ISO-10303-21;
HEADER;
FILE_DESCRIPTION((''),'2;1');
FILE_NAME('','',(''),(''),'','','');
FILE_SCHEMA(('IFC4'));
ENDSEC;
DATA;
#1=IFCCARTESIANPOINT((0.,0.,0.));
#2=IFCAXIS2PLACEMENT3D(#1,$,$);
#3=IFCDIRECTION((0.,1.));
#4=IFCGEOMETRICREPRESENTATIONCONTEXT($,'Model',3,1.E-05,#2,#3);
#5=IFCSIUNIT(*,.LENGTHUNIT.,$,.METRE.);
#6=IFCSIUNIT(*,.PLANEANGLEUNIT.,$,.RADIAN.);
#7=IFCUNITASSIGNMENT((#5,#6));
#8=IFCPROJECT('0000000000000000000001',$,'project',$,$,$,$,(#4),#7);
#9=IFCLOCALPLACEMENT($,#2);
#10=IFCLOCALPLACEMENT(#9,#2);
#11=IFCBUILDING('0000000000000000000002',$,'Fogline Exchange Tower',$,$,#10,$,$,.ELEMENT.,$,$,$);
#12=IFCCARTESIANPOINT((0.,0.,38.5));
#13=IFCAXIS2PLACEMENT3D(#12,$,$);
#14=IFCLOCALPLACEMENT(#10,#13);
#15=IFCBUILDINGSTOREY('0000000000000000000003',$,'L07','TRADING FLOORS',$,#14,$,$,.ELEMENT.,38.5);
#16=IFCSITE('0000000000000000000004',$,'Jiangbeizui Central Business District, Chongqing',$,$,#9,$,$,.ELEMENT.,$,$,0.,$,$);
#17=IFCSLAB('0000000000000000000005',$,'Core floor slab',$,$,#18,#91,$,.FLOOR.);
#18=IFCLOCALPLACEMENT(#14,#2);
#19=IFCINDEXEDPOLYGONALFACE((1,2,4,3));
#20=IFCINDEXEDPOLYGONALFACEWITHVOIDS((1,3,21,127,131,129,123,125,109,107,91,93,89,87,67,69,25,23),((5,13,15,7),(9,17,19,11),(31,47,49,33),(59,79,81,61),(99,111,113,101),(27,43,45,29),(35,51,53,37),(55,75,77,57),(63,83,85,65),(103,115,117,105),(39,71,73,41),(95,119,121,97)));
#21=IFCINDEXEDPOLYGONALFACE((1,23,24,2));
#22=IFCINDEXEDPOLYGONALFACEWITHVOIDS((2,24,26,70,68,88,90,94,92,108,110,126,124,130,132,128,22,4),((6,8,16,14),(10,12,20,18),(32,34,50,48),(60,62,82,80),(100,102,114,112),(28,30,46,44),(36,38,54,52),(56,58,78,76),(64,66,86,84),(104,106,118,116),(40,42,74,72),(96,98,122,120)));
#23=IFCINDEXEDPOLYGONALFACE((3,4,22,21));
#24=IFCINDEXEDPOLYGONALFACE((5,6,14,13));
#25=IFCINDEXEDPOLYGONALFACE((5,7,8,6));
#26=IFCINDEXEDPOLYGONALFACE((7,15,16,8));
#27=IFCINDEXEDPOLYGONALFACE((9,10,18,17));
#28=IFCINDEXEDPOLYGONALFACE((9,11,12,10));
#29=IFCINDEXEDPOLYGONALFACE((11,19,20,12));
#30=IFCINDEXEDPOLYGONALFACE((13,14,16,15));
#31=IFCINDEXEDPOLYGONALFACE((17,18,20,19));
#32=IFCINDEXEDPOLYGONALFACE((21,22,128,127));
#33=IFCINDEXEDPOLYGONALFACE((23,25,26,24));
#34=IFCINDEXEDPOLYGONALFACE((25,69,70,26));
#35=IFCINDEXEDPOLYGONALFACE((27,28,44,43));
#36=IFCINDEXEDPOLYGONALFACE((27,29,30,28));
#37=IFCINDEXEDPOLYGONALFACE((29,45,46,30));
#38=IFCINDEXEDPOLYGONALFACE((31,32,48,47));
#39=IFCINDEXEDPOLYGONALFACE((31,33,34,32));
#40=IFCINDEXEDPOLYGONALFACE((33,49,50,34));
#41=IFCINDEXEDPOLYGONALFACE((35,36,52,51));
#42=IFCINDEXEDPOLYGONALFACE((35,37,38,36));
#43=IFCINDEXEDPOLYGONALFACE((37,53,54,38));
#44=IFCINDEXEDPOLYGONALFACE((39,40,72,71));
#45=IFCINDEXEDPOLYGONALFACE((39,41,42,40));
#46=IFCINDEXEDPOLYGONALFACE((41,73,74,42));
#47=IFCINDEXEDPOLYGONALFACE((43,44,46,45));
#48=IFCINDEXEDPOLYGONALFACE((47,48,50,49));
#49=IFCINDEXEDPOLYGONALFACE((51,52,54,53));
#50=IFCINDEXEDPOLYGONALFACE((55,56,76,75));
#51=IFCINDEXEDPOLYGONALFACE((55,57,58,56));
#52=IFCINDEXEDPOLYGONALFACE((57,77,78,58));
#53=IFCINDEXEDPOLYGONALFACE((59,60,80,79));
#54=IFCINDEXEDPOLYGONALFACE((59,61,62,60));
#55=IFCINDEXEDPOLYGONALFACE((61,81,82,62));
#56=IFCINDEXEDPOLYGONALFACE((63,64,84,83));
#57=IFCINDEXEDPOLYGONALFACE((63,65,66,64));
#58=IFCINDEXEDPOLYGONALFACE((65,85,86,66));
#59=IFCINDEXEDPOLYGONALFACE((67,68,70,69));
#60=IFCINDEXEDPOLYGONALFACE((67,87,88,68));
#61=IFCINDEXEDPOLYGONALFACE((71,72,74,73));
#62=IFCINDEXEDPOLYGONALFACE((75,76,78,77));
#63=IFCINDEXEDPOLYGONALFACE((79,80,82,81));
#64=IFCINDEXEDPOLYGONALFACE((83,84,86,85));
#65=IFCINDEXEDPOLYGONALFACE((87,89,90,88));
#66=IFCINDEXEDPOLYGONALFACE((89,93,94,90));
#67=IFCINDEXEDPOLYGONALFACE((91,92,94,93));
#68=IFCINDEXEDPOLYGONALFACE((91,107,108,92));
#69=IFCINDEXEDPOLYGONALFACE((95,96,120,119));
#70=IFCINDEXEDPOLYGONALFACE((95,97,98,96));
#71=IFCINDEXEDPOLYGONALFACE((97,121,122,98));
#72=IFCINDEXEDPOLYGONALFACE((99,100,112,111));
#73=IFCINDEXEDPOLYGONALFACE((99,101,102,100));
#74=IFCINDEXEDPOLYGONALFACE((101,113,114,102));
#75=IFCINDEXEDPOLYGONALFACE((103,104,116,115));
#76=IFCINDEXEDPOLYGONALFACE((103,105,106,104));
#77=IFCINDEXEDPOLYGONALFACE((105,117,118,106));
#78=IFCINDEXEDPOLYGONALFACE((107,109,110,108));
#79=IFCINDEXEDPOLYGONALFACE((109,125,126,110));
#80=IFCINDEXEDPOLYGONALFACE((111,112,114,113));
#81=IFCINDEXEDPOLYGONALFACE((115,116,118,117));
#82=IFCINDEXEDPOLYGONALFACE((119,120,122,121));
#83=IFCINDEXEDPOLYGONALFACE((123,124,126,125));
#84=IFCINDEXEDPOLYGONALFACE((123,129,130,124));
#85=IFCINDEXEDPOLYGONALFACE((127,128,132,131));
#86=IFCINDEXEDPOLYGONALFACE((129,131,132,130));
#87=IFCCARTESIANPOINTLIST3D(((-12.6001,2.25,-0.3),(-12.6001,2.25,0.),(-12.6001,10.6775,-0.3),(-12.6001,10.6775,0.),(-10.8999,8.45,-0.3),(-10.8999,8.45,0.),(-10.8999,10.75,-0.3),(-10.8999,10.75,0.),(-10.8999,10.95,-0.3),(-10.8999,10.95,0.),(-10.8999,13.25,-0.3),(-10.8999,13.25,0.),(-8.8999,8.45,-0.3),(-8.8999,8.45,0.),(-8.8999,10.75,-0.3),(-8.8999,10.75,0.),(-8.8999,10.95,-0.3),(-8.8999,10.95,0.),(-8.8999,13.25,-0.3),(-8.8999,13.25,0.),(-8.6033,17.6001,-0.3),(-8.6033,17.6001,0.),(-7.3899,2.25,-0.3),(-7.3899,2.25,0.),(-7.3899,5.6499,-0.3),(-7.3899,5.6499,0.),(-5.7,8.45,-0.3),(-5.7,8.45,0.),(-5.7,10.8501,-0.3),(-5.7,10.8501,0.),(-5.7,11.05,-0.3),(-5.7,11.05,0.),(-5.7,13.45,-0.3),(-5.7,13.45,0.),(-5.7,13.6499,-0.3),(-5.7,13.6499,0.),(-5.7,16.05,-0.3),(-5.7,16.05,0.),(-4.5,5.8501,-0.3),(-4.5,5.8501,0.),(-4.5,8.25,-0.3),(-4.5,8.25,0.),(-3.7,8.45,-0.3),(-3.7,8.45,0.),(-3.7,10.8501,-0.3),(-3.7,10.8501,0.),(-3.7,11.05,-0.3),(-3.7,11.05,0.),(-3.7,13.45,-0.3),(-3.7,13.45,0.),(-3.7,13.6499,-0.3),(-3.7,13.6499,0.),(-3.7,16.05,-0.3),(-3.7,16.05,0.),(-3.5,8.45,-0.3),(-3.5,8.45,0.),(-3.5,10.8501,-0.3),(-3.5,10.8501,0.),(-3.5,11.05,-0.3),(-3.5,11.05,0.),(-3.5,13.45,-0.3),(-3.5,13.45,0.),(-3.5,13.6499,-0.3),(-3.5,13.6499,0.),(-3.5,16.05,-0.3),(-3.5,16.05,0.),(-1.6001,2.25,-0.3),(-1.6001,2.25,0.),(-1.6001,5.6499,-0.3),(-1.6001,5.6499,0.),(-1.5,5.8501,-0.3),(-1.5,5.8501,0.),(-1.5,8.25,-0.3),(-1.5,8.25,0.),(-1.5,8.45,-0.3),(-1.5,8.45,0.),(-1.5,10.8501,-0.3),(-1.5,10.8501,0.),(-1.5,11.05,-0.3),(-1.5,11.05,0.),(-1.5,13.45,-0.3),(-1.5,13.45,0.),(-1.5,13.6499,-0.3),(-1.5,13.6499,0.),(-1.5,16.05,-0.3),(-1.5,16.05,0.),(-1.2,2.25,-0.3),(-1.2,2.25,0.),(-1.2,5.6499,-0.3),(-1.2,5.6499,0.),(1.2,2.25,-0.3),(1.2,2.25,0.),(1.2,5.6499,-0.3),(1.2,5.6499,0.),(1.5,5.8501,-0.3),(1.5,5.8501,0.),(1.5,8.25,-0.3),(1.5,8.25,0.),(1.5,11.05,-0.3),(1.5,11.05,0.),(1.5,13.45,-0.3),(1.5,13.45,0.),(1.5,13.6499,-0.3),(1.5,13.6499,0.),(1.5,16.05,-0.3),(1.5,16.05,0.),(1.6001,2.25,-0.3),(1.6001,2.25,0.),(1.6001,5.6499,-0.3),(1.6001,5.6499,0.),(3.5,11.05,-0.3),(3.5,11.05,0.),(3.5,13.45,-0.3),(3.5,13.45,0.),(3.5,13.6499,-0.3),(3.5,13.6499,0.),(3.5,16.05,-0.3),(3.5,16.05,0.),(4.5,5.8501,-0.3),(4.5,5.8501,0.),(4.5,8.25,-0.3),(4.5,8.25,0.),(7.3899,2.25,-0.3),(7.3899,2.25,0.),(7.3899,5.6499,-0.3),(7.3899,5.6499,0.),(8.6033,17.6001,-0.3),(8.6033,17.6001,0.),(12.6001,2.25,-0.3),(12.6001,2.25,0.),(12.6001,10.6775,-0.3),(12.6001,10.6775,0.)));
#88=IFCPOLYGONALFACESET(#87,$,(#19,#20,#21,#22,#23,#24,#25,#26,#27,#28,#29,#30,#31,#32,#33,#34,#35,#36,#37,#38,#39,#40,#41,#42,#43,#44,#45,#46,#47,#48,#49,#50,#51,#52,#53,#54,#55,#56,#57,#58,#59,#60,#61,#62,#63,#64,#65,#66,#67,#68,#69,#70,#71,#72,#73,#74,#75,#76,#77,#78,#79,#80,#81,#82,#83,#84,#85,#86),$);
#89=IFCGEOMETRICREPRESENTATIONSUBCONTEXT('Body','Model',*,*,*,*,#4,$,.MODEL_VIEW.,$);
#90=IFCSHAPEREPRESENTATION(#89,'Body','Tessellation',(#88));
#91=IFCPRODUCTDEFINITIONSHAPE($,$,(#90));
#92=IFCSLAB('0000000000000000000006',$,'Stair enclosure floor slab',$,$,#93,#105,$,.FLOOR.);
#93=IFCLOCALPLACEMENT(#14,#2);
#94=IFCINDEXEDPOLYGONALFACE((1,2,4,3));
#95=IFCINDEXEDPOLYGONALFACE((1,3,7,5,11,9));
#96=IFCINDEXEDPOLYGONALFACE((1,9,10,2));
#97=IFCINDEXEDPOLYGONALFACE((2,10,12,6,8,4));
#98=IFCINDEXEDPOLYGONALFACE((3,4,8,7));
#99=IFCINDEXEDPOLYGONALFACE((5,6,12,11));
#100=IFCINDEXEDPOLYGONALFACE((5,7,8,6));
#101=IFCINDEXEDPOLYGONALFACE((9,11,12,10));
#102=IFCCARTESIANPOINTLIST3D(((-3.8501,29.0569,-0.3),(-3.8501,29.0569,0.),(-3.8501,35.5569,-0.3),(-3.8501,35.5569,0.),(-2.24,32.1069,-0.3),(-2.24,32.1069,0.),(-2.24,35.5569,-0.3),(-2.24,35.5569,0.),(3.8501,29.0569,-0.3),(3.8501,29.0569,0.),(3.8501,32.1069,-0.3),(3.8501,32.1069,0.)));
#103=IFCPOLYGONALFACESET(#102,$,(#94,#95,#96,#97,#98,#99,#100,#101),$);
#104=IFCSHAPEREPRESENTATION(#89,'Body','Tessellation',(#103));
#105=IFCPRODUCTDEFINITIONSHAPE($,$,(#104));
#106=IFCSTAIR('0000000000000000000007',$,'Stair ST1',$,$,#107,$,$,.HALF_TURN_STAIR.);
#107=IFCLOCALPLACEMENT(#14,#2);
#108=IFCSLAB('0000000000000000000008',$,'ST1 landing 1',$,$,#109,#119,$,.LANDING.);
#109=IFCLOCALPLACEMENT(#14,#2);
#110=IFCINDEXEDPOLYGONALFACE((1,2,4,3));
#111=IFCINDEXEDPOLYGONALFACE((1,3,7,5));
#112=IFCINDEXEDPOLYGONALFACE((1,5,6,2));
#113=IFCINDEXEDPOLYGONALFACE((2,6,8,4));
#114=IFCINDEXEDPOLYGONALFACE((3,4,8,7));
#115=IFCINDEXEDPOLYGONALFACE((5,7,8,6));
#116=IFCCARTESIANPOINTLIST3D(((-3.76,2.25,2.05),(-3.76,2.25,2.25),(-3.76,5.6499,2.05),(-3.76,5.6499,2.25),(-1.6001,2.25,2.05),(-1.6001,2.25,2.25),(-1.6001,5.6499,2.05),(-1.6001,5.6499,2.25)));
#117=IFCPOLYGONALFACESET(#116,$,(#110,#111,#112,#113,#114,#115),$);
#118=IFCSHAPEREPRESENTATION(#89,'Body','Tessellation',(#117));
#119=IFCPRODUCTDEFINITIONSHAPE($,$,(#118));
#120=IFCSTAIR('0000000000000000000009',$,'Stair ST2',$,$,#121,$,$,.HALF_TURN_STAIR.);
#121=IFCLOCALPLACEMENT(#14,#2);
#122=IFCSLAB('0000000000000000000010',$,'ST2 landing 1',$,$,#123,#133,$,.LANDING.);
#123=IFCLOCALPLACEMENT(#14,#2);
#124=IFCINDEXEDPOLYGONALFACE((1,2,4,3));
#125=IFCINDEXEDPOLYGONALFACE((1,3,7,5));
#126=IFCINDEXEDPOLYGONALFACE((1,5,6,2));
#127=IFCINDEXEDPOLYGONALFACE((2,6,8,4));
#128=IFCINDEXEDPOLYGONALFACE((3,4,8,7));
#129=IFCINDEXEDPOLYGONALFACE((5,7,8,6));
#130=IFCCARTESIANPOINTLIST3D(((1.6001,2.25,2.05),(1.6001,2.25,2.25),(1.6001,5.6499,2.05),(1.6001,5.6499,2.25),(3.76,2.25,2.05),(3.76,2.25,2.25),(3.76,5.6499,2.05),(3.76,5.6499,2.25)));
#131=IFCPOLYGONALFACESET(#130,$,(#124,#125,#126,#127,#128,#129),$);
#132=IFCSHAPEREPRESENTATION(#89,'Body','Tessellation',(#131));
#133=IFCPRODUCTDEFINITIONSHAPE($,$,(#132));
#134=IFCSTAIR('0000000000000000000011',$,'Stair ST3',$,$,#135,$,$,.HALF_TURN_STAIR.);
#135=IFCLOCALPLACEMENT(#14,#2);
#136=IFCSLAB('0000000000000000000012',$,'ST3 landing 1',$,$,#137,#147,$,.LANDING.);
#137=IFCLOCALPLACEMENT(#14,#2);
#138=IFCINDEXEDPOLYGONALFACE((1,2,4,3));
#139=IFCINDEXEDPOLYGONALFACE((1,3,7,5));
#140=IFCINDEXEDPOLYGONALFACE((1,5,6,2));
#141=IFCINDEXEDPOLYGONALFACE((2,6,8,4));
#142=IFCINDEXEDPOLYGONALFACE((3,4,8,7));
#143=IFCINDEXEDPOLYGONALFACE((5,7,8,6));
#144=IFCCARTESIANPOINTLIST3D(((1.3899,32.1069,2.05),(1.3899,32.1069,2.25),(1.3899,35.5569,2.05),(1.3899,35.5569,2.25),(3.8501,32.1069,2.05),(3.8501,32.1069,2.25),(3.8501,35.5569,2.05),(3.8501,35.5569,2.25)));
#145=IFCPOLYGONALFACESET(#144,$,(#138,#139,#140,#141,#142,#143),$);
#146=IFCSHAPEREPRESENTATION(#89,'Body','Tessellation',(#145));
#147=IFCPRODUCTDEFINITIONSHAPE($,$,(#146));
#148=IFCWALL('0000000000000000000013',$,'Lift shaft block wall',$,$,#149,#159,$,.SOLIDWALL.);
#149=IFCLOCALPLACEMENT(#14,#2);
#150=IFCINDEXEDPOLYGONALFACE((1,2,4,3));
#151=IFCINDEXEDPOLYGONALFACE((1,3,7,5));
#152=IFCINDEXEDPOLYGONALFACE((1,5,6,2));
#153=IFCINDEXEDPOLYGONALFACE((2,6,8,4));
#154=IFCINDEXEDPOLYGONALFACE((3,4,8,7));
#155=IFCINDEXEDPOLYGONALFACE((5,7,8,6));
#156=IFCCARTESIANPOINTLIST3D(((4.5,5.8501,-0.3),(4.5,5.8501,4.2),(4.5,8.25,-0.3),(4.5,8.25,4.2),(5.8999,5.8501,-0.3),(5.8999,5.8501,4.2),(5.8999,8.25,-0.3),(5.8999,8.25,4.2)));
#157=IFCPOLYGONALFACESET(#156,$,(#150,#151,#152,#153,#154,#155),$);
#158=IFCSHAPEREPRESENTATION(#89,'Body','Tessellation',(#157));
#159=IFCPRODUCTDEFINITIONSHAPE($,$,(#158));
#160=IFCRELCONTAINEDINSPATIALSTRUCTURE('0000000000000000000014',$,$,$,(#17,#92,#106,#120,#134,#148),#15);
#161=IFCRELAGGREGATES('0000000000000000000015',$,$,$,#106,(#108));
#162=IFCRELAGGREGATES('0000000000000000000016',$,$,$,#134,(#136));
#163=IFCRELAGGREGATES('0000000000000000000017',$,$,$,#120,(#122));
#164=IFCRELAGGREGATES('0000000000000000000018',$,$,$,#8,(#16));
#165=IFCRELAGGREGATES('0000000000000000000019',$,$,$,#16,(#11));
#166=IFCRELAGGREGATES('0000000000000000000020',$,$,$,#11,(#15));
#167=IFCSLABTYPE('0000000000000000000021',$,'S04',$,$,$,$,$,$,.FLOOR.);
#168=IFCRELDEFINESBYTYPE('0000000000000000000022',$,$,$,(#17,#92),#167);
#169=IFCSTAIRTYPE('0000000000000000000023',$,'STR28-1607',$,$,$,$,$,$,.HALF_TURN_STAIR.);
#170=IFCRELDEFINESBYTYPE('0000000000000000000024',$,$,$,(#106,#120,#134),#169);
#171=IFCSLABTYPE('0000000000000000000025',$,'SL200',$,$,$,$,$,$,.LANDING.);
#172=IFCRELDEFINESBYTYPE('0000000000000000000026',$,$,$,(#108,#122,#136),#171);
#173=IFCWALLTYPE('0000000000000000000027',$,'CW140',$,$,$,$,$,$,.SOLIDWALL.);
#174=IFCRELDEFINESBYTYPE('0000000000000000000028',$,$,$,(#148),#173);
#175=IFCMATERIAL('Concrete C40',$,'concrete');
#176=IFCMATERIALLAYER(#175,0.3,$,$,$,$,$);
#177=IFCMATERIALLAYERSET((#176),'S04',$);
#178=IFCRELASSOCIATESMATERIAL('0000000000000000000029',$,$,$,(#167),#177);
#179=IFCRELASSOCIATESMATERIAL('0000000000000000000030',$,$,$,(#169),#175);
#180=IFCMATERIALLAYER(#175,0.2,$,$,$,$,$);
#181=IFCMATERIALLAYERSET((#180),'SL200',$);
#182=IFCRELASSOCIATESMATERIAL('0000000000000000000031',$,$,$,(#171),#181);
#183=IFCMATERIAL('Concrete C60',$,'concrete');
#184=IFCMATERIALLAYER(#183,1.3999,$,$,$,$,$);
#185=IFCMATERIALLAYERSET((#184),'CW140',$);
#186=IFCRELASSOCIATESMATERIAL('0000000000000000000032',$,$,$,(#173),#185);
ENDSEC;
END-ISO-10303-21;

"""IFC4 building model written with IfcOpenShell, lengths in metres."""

from ifc_helpers import new_model, si_unit, direction, frame, frame_2d, origin, place, context, subcontext, project, spatial, polyline, rectangle, outline, extrude, material, layer, layer_set, type_object, element, aggregate, save


model = new_model("IFC4")

# Units and contexts
model_context = context("Model", 3, precision=1e-05, world=origin(), true_north=direction((0.0, 1.0)))
body_context = subcontext(model_context, "Body", "Model", "MODEL_VIEW")
ifc_project = project(units=[si_unit("LENGTHUNIT", "METRE"), si_unit("PLANEANGLEUNIT", "RADIAN")], contexts=[model_context])

# Site, building, storey
site_placement = place(None, origin())
site = spatial("IfcSite", under=ifc_project, at=site_placement, Name="Jiangbeizui Central Business District, Chongqing", CompositionType="ELEMENT", RefElevation=0.0)
building_placement = place(site_placement, origin())
building = spatial("IfcBuilding", under=site, at=building_placement, Name="Fogline Exchange Tower", CompositionType="ELEMENT")
storey_placement = place(building_placement, frame((0.0, 0.0, 38.5)))
storey = spatial("IfcBuildingStorey", under=building, at=storey_placement, Name="L07", Description="TRADING FLOORS", CompositionType="ELEMENT", Elevation=38.5)

# Slabs
ifc_material_1 = material(Name="Concrete C40", Category="concrete")
ifc_layer_1 = layer(ifc_material_1, 0.3)
ifc_layer_set_1 = layer_set([ifc_layer_1], Name="S04")
slab_type_1 = type_object("IfcSlabType", Name="S04", PredefinedType="FLOOR", material=ifc_layer_set_1)
slab_1_placement = place(storey_placement, frame((0.0, 0.0, -0.3)))
element("IfcSlab", 1, at=slab_1_placement, inside=storey, type_object=slab_type_1, Name="Core floor slab", PredefinedType="FLOOR", context=body_context, shape_type="SweptSolid", body=[
    extrude(outline(polyline([(-12.6001, 2.25), (-12.6001, 10.6775), (-8.6033, 17.6001), (8.6033, 17.6001), (12.6001, 10.6775), (12.6001, 2.25), (7.3899, 2.25), (7.3899, 5.6499), (1.6001, 5.6499), (1.6001, 2.25), (1.2, 2.25), (1.2, 5.6499), (-1.2, 5.6499), (-1.2, 2.25), (-1.6001, 2.25), (-1.6001, 5.6499), (-7.3899, 5.6499), (-7.3899, 2.25), (-12.6001, 2.25)]), holes=[polyline([(-1.5, 8.25), (-4.5, 8.25), (-4.5, 5.8501), (-1.5, 5.8501), (-1.5, 8.25)]), polyline([(-8.8999, 10.75), (-10.8999, 10.75), (-10.8999, 8.45), (-8.8999, 8.45), (-8.8999, 10.75)]), polyline([(-3.7, 10.8501), (-5.7, 10.8501), (-5.7, 8.45), (-3.7, 8.45), (-3.7, 10.8501)]), polyline([(-1.5, 10.8501), (-3.5, 10.8501), (-3.5, 8.45), (-1.5, 8.45), (-1.5, 10.8501)]), polyline([(-8.8999, 13.25), (-10.8999, 13.25), (-10.8999, 10.95), (-8.8999, 10.95), (-8.8999, 13.25)]), polyline([(-3.7, 13.45), (-5.7, 13.45), (-5.7, 11.05), (-3.7, 11.05), (-3.7, 13.45)]), polyline([(-3.7, 16.05), (-5.7, 16.05), (-5.7, 13.6499), (-3.7, 13.6499), (-3.7, 16.05)]), polyline([(4.5, 8.25), (1.5, 8.25), (1.5, 5.8501), (4.5, 5.8501), (4.5, 8.25)]), polyline([(-1.5, 13.45), (-3.5, 13.45), (-3.5, 11.05), (-1.5, 11.05), (-1.5, 13.45)]), polyline([(3.5, 13.45), (1.5, 13.45), (1.5, 11.05), (3.5, 11.05), (3.5, 13.45)]), polyline([(-1.5, 16.05), (-3.5, 16.05), (-3.5, 13.6499), (-1.5, 13.6499), (-1.5, 16.05)]), polyline([(3.5, 16.05), (1.5, 16.05), (1.5, 13.6499), (3.5, 13.6499), (3.5, 16.05)])]), origin(), (0.0, 0.0, 1.0), 0.3),
])
slab_2_placement = place(storey_placement, frame((0.0, 0.0, -0.3)))
element("IfcSlab", 2, at=slab_2_placement, inside=storey, type_object=slab_type_1, Name="Stair enclosure floor slab", PredefinedType="FLOOR", context=body_context, shape_type="SweptSolid", body=[
    extrude(outline(polyline([(3.8501, 29.0569), (-3.8501, 29.0569), (-3.8501, 35.5569), (-2.24, 35.5569), (-2.24, 32.1069), (3.8501, 32.1069), (3.8501, 29.0569)])), origin(), (0.0, 0.0, 1.0), 0.3),
])

# Stairs, slabs
stair_type = type_object("IfcStairType", Name="STR28-1607", PredefinedType="HALF_TURN_STAIR", material=ifc_material_1)
stair_1_placement = place(storey_placement, origin())
stair_1 = element("IfcStair", 3, at=stair_1_placement, inside=storey, type_object=stair_type, Name="Stair ST1", PredefinedType="HALF_TURN_STAIR")
ifc_layer_2 = layer(ifc_material_1, 0.2)
ifc_layer_set_2 = layer_set([ifc_layer_2], Name="SL200")
slab_type_2 = type_object("IfcSlabType", Name="SL200", PredefinedType="LANDING", material=ifc_layer_set_2)
slab_3_placement = place(storey_placement, frame((0.0, 0.0, 2.05)))
slab_3 = element("IfcSlab", 4, at=slab_3_placement, type_object=slab_type_2, Name="ST1 landing 1", PredefinedType="LANDING", context=body_context, shape_type="SweptSolid", body=[
    extrude(outline(polyline([(-3.76, 2.25), (-1.6001, 2.25), (-1.6001, 5.6499), (-3.76, 5.6499), (-3.76, 2.25)])), origin(), (0.0, 0.0, 1.0), 0.2),
])
aggregate(stair_1, [slab_3])
stair_2_placement = place(storey_placement, origin())
stair_2 = element("IfcStair", 5, at=stair_2_placement, inside=storey, type_object=stair_type, Name="Stair ST2", PredefinedType="HALF_TURN_STAIR")
slab_4_placement = place(storey_placement, frame((0.0, 0.0, 2.05)))
slab_4 = element("IfcSlab", 6, at=slab_4_placement, type_object=slab_type_2, Name="ST2 landing 1", PredefinedType="LANDING", context=body_context, shape_type="SweptSolid", body=[
    extrude(outline(polyline([(1.6001, 2.25), (3.76, 2.25), (3.76, 5.6499), (1.6001, 5.6499), (1.6001, 2.25)])), origin(), (0.0, 0.0, 1.0), 0.2),
])
stair_3_placement = place(storey_placement, origin())
stair_3 = element("IfcStair", 7, at=stair_3_placement, inside=storey, type_object=stair_type, Name="Stair ST3", PredefinedType="HALF_TURN_STAIR")
slab_5_placement = place(storey_placement, frame((0.0, 0.0, 2.05)))
slab_5 = element("IfcSlab", 8, at=slab_5_placement, type_object=slab_type_2, Name="ST3 landing 1", PredefinedType="LANDING", context=body_context, shape_type="SweptSolid", body=[
    extrude(outline(polyline([(1.3899, 32.1069), (3.8501, 32.1069), (3.8501, 35.5569), (1.3899, 35.5569), (1.3899, 32.1069)])), origin(), (0.0, 0.0, 1.0), 0.2),
])
aggregate(stair_3, [slab_5])

# Wall
ifc_material_2 = material(Name="Concrete C60", Category="concrete")
ifc_layer_3 = layer(ifc_material_2, 1.3999)
ifc_layer_set_3 = layer_set([ifc_layer_3], Name="CW140")
wall_type_1 = type_object("IfcWallType", Name="CW140", PredefinedType="SOLIDWALL", material=ifc_layer_set_3)
wall_1_placement = place(storey_placement, frame((5.2, 5.8501, -0.3), z_axis=(0.0, 0.0, 1.0), x_axis=(0.0, 1.0, 0.0)))
element("IfcWall", 9, at=wall_1_placement, inside=storey, type_object=wall_type_1, Name="Lift shaft block wall", PredefinedType="SOLIDWALL", context=body_context, shape_type="SweptSolid", body=[
    extrude(rectangle(XDim=2.3999, YDim=1.3999, at=frame_2d((1.2, 0.0))), origin(), (0.0, 0.0, 1.0), 4.5),
])

aggregate(stair_2, [slab_4])

save(model, "model.ifc")
